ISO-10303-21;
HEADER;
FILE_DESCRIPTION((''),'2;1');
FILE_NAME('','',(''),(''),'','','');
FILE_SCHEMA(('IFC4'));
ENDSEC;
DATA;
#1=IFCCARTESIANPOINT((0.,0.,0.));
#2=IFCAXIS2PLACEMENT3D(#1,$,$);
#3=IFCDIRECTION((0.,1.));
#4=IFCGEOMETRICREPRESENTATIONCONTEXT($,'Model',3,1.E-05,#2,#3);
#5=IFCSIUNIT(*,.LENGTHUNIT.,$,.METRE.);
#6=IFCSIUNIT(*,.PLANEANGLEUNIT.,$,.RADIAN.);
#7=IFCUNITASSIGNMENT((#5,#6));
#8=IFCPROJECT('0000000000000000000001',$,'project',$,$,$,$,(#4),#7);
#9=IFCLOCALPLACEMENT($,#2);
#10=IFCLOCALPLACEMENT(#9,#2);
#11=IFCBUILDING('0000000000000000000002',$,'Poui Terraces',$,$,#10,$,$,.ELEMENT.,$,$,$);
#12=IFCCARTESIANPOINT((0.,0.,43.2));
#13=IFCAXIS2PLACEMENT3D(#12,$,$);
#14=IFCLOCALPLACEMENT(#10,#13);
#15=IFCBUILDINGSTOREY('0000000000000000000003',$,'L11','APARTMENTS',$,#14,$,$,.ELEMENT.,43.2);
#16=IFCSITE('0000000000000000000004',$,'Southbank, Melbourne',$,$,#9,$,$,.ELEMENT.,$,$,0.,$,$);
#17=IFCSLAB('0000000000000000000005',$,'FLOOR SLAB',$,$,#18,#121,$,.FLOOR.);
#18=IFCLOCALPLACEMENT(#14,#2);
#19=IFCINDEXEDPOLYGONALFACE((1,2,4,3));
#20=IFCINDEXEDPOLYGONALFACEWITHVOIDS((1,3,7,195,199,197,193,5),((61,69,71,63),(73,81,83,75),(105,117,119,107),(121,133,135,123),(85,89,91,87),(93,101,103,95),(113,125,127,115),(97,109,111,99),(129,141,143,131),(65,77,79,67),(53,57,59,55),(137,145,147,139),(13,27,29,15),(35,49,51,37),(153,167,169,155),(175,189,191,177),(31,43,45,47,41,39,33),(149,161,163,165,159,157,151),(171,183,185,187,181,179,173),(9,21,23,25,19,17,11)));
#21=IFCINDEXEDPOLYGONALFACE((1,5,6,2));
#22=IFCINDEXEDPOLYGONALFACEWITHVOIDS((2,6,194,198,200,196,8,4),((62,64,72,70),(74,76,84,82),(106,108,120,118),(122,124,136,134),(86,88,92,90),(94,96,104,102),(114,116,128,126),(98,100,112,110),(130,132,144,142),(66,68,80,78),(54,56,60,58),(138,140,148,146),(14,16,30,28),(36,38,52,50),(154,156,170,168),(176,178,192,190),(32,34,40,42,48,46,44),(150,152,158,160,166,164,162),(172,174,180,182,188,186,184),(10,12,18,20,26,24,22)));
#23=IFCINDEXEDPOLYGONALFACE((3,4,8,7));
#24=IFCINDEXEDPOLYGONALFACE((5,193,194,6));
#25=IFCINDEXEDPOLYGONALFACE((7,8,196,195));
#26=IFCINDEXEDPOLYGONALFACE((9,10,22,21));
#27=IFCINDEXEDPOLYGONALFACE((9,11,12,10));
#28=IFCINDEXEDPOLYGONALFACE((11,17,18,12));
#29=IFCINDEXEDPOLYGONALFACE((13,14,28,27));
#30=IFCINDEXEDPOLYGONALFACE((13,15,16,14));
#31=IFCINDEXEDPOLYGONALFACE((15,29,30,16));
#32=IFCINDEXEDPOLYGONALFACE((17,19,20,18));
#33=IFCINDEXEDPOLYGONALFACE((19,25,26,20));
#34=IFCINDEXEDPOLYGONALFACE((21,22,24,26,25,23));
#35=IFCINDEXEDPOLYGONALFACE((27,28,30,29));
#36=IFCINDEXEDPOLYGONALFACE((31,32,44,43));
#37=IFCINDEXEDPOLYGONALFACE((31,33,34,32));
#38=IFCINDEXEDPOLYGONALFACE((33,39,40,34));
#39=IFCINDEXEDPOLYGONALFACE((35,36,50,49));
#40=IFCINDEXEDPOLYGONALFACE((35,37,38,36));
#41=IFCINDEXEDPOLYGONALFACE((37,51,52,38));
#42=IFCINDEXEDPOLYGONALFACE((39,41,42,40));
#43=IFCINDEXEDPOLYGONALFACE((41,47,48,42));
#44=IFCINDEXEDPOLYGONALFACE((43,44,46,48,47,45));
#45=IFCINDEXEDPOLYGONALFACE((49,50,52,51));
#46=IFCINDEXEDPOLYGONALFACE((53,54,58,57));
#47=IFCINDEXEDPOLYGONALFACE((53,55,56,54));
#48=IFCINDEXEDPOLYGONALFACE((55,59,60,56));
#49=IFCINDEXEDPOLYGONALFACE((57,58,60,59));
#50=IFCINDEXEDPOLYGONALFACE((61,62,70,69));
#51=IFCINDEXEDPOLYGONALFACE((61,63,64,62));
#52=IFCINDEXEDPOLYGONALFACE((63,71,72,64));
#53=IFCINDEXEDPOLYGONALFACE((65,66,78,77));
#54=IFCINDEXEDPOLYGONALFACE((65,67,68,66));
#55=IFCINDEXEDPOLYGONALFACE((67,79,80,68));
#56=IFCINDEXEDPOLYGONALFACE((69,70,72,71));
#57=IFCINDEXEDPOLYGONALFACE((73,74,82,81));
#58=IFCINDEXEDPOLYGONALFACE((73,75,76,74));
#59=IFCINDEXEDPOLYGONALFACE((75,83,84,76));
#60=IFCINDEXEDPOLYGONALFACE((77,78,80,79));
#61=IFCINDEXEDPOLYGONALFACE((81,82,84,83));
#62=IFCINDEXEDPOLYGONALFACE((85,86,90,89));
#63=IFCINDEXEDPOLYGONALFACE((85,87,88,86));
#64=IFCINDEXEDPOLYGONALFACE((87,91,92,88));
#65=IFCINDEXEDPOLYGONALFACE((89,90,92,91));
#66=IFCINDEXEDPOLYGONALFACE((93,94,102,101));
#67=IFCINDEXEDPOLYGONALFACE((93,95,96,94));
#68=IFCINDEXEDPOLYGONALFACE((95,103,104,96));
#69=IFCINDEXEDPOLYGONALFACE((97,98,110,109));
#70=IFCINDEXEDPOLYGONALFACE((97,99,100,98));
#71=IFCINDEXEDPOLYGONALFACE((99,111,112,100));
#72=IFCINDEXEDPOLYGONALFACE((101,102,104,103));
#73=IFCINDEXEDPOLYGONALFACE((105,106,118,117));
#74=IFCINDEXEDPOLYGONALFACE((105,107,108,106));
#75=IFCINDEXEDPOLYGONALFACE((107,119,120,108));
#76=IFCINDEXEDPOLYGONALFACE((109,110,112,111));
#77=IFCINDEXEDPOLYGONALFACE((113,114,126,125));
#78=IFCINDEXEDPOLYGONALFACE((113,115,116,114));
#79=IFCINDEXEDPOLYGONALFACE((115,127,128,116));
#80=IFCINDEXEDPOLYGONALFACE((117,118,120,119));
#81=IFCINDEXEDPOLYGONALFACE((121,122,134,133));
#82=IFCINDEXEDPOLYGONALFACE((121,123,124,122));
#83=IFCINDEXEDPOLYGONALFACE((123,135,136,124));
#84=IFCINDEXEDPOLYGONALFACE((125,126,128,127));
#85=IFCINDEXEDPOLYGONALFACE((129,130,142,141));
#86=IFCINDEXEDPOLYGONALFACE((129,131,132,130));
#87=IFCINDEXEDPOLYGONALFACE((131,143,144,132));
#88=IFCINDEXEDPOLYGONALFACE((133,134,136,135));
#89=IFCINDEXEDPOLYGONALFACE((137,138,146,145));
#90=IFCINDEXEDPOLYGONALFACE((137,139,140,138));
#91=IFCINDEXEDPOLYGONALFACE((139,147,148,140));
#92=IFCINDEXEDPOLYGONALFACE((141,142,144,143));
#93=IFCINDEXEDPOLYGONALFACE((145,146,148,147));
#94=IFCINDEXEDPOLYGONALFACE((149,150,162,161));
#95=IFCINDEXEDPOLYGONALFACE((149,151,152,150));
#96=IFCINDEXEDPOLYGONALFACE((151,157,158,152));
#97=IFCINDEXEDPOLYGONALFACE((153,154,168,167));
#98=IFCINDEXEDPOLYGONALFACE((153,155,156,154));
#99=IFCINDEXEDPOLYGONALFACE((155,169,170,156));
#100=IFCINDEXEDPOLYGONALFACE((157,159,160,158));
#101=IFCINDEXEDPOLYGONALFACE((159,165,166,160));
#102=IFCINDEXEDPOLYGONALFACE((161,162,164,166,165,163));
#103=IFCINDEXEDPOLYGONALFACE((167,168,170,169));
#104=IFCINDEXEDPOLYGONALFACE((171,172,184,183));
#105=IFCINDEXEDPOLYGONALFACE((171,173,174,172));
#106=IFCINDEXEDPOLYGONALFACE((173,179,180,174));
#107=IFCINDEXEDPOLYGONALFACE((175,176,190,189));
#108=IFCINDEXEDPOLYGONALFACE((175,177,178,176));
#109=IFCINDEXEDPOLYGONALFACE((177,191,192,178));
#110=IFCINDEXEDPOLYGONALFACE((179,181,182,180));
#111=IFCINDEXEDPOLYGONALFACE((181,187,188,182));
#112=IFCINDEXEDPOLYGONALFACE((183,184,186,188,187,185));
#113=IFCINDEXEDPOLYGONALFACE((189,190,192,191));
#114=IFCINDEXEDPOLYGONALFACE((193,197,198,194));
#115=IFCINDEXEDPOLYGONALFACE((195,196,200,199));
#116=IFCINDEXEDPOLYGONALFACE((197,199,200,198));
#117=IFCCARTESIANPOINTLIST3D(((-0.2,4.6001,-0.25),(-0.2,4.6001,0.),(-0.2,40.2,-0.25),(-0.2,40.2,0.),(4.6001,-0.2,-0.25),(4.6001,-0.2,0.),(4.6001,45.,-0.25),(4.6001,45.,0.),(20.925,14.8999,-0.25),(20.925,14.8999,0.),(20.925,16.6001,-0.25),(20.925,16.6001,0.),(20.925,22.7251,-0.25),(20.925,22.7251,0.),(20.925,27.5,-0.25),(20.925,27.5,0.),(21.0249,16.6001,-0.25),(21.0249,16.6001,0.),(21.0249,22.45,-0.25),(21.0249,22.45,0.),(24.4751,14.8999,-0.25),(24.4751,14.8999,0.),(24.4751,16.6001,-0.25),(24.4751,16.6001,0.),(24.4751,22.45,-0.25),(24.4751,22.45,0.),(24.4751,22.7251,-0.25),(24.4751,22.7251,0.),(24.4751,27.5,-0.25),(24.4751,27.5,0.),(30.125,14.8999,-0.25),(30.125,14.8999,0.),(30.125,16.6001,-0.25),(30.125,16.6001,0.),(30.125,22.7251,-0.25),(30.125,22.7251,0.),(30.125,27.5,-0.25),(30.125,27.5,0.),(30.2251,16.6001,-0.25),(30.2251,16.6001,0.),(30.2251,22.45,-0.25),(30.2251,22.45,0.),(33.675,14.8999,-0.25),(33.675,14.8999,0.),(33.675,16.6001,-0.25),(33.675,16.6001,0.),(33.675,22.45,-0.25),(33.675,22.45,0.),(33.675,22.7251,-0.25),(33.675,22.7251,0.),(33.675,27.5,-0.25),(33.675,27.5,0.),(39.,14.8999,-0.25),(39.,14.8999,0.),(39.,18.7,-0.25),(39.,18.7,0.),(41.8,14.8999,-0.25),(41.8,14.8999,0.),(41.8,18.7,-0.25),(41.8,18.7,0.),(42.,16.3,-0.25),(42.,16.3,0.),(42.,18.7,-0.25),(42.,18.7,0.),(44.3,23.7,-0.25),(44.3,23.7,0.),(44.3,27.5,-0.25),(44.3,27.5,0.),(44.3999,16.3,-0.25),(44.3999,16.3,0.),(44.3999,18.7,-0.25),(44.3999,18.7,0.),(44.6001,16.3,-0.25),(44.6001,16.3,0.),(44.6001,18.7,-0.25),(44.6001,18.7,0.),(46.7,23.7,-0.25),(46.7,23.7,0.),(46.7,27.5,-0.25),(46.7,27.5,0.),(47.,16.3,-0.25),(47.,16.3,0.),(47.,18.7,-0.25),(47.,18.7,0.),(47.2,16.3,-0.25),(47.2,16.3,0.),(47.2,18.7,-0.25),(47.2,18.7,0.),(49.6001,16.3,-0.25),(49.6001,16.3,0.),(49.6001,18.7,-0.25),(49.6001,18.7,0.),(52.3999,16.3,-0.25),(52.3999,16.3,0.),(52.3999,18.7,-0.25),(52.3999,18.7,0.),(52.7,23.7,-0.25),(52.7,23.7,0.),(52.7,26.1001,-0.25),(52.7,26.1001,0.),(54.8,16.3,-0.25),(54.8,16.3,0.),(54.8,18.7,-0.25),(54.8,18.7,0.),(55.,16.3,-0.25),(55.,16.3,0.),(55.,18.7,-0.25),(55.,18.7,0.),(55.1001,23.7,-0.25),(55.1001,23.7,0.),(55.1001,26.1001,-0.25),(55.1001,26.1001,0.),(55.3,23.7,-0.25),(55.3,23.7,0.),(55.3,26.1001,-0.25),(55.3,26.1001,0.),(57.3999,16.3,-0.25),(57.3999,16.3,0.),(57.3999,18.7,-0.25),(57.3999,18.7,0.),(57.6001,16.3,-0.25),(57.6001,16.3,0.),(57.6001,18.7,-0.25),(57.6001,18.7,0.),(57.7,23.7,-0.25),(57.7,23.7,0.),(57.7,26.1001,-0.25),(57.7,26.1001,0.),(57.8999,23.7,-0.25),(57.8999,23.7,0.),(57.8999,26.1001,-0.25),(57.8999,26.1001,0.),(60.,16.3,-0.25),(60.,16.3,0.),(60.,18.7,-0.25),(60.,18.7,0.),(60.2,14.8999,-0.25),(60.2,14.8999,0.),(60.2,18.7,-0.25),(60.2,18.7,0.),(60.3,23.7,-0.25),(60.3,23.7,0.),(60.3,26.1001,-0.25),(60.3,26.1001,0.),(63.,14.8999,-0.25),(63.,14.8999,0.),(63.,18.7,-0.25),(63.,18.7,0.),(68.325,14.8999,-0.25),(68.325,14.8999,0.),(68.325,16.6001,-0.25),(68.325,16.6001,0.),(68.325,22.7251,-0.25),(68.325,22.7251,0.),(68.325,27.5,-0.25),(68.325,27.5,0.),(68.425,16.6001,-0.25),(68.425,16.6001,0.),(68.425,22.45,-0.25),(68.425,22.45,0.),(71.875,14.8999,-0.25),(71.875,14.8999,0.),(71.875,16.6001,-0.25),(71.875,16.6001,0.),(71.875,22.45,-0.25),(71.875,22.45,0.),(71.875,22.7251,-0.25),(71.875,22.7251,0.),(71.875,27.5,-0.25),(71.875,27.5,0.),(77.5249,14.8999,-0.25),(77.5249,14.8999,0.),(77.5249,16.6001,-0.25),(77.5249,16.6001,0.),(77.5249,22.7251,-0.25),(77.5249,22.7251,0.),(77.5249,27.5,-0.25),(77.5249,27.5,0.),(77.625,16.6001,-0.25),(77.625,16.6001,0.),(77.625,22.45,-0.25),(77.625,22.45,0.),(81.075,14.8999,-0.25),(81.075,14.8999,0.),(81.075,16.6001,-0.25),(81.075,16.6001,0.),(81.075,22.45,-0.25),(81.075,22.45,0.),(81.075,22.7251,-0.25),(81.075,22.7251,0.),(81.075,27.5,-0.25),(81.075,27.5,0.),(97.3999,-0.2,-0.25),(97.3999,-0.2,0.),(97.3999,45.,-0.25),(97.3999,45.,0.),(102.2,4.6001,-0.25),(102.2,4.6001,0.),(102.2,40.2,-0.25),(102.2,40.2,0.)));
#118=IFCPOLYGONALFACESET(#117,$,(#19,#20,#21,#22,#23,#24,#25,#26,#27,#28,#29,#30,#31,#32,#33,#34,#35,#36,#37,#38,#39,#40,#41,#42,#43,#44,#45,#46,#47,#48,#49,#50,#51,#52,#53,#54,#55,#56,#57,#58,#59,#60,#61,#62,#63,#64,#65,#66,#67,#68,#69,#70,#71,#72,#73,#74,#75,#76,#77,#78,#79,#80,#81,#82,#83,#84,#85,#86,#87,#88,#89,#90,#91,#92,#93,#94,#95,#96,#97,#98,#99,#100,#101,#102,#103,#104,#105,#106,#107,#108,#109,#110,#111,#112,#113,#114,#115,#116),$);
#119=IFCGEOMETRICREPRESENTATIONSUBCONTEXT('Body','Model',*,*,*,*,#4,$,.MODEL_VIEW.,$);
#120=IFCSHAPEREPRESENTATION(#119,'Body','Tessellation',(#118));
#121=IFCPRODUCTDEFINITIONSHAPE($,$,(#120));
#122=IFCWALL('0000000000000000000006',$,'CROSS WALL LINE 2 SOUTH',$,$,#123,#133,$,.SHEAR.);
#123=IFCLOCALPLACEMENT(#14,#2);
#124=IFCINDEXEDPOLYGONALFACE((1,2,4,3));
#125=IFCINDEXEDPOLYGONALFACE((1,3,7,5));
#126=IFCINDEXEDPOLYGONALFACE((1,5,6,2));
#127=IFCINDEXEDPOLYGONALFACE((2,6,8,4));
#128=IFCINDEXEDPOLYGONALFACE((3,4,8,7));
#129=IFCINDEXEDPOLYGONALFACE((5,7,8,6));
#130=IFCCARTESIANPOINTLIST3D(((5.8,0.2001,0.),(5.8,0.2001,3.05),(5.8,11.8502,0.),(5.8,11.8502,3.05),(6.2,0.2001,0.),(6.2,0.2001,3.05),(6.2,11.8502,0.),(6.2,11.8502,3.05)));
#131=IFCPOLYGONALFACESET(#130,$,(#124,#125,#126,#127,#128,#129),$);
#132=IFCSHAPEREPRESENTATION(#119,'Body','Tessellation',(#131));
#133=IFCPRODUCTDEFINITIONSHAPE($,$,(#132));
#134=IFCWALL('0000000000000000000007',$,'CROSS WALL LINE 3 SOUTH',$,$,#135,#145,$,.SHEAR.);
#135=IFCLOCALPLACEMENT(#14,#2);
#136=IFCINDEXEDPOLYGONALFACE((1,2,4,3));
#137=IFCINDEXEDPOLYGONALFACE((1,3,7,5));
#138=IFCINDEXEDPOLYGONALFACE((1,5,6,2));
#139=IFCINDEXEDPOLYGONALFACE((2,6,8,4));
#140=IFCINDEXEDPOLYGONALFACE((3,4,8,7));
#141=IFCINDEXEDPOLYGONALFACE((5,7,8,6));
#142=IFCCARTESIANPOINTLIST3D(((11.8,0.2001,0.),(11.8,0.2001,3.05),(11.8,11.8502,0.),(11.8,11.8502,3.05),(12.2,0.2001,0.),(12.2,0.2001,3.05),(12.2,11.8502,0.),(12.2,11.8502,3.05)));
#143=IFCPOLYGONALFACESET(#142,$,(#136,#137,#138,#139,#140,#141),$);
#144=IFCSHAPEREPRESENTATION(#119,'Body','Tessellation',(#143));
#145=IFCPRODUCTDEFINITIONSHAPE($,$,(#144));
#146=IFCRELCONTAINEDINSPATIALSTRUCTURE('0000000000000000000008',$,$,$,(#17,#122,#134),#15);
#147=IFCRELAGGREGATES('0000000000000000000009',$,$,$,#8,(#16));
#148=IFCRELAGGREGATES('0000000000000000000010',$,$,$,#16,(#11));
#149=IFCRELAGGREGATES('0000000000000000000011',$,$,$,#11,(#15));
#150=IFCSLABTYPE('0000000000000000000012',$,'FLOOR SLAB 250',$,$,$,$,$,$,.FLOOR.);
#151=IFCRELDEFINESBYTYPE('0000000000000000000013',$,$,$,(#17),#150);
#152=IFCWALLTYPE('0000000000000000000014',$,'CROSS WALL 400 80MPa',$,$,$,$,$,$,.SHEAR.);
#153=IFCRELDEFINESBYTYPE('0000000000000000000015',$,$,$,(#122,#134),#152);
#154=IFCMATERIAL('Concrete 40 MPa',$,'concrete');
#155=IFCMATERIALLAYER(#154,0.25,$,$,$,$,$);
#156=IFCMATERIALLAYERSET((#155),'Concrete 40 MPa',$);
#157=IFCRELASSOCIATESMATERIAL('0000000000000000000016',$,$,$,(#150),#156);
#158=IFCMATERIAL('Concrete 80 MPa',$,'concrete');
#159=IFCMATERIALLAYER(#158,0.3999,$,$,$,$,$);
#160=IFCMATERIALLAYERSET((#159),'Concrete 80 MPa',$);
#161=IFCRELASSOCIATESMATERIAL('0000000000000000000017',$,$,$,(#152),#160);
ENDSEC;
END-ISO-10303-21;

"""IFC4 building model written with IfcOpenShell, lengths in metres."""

from ifc_helpers import new_model, si_unit, direction, frame, frame_2d, origin, place, context, subcontext, project, spatial, polyline, rectangle, outline, extrude, source, transform, mapped, material, layer, layer_set, type_object, element, save


model = new_model("IFC4")

# Units and contexts
model_context = context("Model", 3, precision=1e-05, world=origin(), true_north=direction((0.0, 1.0)))
body_context = subcontext(model_context, "Body", "Model", "MODEL_VIEW")
ifc_project = project(units=[si_unit("LENGTHUNIT", "METRE"), si_unit("PLANEANGLEUNIT", "RADIAN")], contexts=[model_context])

# Site, building, storey
site_placement = place(None, origin())
site = spatial("IfcSite", under=ifc_project, at=site_placement, Name="Southbank, Melbourne", CompositionType="ELEMENT", RefElevation=0.0)
building_placement = place(site_placement, origin())
building = spatial("IfcBuilding", under=site, at=building_placement, Name="Poui Terraces", CompositionType="ELEMENT")
storey_placement = place(building_placement, frame((0.0, 0.0, 43.2)))
storey = spatial("IfcBuildingStorey", under=building, at=storey_placement, Name="L11", Description="APARTMENTS", CompositionType="ELEMENT", Elevation=43.2)

# Shared definitions
ifc_material_1 = material(Name="Concrete 80 MPa", Category="concrete")

# Slab
ifc_material_2 = material(Name="Concrete 40 MPa", Category="concrete")
ifc_layer_1 = layer(ifc_material_2, 0.25)
ifc_layer_set_1 = layer_set([ifc_layer_1], Name="Concrete 40 MPa")
slab_type_1 = type_object("IfcSlabType", Name="FLOOR SLAB 250", PredefinedType="FLOOR", material=ifc_layer_set_1)
shared_shape = source(origin(), body_context, "Body", "SweptSolid", [
    extrude(outline(polyline([(0.0, 0.0), (4.8, -4.8), (97.5999, -4.8), (102.3999, 0.0), (102.3999, 35.5999), (97.5999, 40.3999), (4.8, 40.3999), (0.0, 35.5999), (0.0, 0.0)]), holes=[polyline([(39.2, 10.2998), (39.2, 14.0999), (42.0, 14.0999), (42.0, 10.2998), (39.2, 10.2998)]), polyline([(42.2, 11.7), (42.2, 14.0999), (44.5999, 14.0999), (44.5999, 11.7), (42.2, 11.7)]), polyline([(44.8, 11.7), (44.8, 14.0999), (47.2, 14.0999), (47.2, 11.7), (44.8, 11.7)]), polyline([(47.3999, 14.0999), (49.8, 14.0999), (49.8, 11.7), (47.3999, 11.7), (47.3999, 14.0999)]), polyline([(52.5999, 14.0999), (55.0, 14.0999), (55.0, 11.7), (52.5999, 11.7), (52.5999, 14.0999)]), polyline([(21.2249, 17.8499), (24.675, 17.8499), (24.675, 12.0), (24.675, 10.2998), (21.125, 10.2998), (21.125, 12.0), (21.2249, 12.0), (21.2249, 17.8499)]), polyline([(30.425, 17.8499), (33.875, 17.8499), (33.875, 12.0), (33.875, 10.2998), (30.325, 10.2998), (30.325, 12.0), (30.425, 12.0), (30.425, 17.8499)]), polyline([(21.125, 18.125), (21.125, 22.8999), (24.675, 22.8999), (24.675, 18.125), (21.125, 18.125)]), polyline([(30.325, 22.8999), (33.875, 22.8999), (33.875, 18.125), (30.325, 18.125), (30.325, 22.8999)]), polyline([(44.5, 22.8999), (46.8999, 22.8999), (46.8999, 19.0999), (44.5, 19.0999), (44.5, 22.8999)]), polyline([(60.3999, 10.2998), (60.3999, 14.0999), (63.2, 14.0999), (63.2, 10.2998), (60.3999, 10.2998)]), polyline([(55.2, 11.7), (55.2, 14.0999), (57.5999, 14.0999), (57.5999, 11.7), (55.2, 11.7)]), polyline([(57.8, 11.7), (57.8, 14.0999), (60.2, 14.0999), (60.2, 11.7), (57.8, 11.7)]), polyline([(72.075, 17.8499), (72.075, 12.0), (72.075, 10.2998), (68.5249, 10.2998), (68.5249, 12.0), (68.625, 12.0), (68.625, 17.8499), (72.075, 17.8499)]), polyline([(81.2749, 17.8499), (81.2749, 12.0), (81.2749, 10.2998), (77.7249, 10.2998), (77.7249, 12.0), (77.825, 12.0), (77.825, 17.8499), (81.2749, 17.8499)]), polyline([(52.8999, 19.0999), (52.8999, 21.5), (55.3, 21.5), (55.3, 19.0999), (52.8999, 19.0999)]), polyline([(55.5, 19.0999), (55.5, 21.5), (57.8999, 21.5), (57.8999, 19.0999), (55.5, 19.0999)]), polyline([(58.0999, 19.0999), (58.0999, 21.5), (60.5, 21.5), (60.5, 19.0999), (58.0999, 19.0999)]), polyline([(68.5249, 22.8999), (72.075, 22.8999), (72.075, 18.125), (68.5249, 18.125), (68.5249, 22.8999)]), polyline([(77.7249, 22.8999), (81.2749, 22.8999), (81.2749, 18.125), (77.7249, 18.125), (77.7249, 22.8999)])]), origin(), (0.0, 0.0, 1.0), 0.25),
])
slab_1_placement = place(storey_placement, frame((-0.2, 4.6001, -0.25)))
element("IfcSlab", 1, at=slab_1_placement, inside=storey, type_object=slab_type_1, Name="FLOOR SLAB", PredefinedType="FLOOR", context=body_context, shape_type="MappedRepresentation", body=[
    mapped(shared_shape, transform((0.0, 0.0, 0.0))),
])

# Walls
ifc_layer_2 = layer(ifc_material_1, 0.3999)
ifc_layer_set_2 = layer_set([ifc_layer_2], Name="Concrete 80 MPa")
wall_type_1 = type_object("IfcWallType", Name="CROSS WALL 400 80MPa", PredefinedType="SHEAR", material=ifc_layer_set_2)
for number, where, z_axis, x_axis, name in (
    (2, (6.0, 0.2, 0.0), (0.0, 0.0, 1.0), (0.0, 1.0, 0.0), "CROSS WALL LINE 2 SOUTH"),
    (3, (12.0, 0.2, 0.0), (0.0, 0.0, 1.0), (0.0, 1.0, 0.0), "CROSS WALL LINE 3 SOUTH"),
):
    element("IfcWall", number, at=place(storey_placement, frame(where, z_axis=z_axis, x_axis=x_axis)), inside=storey, type_object=wall_type_1, Name=name, PredefinedType="SHEAR", context=body_context, shape_type="SweptSolid", body=[
        extrude(rectangle(XDim=11.6501, YDim=0.3999, at=frame_2d((5.8252, 0.0))), origin(), (0.0, 0.0, 1.0), 3.05),
    ])

save(model, "model.ifc")
